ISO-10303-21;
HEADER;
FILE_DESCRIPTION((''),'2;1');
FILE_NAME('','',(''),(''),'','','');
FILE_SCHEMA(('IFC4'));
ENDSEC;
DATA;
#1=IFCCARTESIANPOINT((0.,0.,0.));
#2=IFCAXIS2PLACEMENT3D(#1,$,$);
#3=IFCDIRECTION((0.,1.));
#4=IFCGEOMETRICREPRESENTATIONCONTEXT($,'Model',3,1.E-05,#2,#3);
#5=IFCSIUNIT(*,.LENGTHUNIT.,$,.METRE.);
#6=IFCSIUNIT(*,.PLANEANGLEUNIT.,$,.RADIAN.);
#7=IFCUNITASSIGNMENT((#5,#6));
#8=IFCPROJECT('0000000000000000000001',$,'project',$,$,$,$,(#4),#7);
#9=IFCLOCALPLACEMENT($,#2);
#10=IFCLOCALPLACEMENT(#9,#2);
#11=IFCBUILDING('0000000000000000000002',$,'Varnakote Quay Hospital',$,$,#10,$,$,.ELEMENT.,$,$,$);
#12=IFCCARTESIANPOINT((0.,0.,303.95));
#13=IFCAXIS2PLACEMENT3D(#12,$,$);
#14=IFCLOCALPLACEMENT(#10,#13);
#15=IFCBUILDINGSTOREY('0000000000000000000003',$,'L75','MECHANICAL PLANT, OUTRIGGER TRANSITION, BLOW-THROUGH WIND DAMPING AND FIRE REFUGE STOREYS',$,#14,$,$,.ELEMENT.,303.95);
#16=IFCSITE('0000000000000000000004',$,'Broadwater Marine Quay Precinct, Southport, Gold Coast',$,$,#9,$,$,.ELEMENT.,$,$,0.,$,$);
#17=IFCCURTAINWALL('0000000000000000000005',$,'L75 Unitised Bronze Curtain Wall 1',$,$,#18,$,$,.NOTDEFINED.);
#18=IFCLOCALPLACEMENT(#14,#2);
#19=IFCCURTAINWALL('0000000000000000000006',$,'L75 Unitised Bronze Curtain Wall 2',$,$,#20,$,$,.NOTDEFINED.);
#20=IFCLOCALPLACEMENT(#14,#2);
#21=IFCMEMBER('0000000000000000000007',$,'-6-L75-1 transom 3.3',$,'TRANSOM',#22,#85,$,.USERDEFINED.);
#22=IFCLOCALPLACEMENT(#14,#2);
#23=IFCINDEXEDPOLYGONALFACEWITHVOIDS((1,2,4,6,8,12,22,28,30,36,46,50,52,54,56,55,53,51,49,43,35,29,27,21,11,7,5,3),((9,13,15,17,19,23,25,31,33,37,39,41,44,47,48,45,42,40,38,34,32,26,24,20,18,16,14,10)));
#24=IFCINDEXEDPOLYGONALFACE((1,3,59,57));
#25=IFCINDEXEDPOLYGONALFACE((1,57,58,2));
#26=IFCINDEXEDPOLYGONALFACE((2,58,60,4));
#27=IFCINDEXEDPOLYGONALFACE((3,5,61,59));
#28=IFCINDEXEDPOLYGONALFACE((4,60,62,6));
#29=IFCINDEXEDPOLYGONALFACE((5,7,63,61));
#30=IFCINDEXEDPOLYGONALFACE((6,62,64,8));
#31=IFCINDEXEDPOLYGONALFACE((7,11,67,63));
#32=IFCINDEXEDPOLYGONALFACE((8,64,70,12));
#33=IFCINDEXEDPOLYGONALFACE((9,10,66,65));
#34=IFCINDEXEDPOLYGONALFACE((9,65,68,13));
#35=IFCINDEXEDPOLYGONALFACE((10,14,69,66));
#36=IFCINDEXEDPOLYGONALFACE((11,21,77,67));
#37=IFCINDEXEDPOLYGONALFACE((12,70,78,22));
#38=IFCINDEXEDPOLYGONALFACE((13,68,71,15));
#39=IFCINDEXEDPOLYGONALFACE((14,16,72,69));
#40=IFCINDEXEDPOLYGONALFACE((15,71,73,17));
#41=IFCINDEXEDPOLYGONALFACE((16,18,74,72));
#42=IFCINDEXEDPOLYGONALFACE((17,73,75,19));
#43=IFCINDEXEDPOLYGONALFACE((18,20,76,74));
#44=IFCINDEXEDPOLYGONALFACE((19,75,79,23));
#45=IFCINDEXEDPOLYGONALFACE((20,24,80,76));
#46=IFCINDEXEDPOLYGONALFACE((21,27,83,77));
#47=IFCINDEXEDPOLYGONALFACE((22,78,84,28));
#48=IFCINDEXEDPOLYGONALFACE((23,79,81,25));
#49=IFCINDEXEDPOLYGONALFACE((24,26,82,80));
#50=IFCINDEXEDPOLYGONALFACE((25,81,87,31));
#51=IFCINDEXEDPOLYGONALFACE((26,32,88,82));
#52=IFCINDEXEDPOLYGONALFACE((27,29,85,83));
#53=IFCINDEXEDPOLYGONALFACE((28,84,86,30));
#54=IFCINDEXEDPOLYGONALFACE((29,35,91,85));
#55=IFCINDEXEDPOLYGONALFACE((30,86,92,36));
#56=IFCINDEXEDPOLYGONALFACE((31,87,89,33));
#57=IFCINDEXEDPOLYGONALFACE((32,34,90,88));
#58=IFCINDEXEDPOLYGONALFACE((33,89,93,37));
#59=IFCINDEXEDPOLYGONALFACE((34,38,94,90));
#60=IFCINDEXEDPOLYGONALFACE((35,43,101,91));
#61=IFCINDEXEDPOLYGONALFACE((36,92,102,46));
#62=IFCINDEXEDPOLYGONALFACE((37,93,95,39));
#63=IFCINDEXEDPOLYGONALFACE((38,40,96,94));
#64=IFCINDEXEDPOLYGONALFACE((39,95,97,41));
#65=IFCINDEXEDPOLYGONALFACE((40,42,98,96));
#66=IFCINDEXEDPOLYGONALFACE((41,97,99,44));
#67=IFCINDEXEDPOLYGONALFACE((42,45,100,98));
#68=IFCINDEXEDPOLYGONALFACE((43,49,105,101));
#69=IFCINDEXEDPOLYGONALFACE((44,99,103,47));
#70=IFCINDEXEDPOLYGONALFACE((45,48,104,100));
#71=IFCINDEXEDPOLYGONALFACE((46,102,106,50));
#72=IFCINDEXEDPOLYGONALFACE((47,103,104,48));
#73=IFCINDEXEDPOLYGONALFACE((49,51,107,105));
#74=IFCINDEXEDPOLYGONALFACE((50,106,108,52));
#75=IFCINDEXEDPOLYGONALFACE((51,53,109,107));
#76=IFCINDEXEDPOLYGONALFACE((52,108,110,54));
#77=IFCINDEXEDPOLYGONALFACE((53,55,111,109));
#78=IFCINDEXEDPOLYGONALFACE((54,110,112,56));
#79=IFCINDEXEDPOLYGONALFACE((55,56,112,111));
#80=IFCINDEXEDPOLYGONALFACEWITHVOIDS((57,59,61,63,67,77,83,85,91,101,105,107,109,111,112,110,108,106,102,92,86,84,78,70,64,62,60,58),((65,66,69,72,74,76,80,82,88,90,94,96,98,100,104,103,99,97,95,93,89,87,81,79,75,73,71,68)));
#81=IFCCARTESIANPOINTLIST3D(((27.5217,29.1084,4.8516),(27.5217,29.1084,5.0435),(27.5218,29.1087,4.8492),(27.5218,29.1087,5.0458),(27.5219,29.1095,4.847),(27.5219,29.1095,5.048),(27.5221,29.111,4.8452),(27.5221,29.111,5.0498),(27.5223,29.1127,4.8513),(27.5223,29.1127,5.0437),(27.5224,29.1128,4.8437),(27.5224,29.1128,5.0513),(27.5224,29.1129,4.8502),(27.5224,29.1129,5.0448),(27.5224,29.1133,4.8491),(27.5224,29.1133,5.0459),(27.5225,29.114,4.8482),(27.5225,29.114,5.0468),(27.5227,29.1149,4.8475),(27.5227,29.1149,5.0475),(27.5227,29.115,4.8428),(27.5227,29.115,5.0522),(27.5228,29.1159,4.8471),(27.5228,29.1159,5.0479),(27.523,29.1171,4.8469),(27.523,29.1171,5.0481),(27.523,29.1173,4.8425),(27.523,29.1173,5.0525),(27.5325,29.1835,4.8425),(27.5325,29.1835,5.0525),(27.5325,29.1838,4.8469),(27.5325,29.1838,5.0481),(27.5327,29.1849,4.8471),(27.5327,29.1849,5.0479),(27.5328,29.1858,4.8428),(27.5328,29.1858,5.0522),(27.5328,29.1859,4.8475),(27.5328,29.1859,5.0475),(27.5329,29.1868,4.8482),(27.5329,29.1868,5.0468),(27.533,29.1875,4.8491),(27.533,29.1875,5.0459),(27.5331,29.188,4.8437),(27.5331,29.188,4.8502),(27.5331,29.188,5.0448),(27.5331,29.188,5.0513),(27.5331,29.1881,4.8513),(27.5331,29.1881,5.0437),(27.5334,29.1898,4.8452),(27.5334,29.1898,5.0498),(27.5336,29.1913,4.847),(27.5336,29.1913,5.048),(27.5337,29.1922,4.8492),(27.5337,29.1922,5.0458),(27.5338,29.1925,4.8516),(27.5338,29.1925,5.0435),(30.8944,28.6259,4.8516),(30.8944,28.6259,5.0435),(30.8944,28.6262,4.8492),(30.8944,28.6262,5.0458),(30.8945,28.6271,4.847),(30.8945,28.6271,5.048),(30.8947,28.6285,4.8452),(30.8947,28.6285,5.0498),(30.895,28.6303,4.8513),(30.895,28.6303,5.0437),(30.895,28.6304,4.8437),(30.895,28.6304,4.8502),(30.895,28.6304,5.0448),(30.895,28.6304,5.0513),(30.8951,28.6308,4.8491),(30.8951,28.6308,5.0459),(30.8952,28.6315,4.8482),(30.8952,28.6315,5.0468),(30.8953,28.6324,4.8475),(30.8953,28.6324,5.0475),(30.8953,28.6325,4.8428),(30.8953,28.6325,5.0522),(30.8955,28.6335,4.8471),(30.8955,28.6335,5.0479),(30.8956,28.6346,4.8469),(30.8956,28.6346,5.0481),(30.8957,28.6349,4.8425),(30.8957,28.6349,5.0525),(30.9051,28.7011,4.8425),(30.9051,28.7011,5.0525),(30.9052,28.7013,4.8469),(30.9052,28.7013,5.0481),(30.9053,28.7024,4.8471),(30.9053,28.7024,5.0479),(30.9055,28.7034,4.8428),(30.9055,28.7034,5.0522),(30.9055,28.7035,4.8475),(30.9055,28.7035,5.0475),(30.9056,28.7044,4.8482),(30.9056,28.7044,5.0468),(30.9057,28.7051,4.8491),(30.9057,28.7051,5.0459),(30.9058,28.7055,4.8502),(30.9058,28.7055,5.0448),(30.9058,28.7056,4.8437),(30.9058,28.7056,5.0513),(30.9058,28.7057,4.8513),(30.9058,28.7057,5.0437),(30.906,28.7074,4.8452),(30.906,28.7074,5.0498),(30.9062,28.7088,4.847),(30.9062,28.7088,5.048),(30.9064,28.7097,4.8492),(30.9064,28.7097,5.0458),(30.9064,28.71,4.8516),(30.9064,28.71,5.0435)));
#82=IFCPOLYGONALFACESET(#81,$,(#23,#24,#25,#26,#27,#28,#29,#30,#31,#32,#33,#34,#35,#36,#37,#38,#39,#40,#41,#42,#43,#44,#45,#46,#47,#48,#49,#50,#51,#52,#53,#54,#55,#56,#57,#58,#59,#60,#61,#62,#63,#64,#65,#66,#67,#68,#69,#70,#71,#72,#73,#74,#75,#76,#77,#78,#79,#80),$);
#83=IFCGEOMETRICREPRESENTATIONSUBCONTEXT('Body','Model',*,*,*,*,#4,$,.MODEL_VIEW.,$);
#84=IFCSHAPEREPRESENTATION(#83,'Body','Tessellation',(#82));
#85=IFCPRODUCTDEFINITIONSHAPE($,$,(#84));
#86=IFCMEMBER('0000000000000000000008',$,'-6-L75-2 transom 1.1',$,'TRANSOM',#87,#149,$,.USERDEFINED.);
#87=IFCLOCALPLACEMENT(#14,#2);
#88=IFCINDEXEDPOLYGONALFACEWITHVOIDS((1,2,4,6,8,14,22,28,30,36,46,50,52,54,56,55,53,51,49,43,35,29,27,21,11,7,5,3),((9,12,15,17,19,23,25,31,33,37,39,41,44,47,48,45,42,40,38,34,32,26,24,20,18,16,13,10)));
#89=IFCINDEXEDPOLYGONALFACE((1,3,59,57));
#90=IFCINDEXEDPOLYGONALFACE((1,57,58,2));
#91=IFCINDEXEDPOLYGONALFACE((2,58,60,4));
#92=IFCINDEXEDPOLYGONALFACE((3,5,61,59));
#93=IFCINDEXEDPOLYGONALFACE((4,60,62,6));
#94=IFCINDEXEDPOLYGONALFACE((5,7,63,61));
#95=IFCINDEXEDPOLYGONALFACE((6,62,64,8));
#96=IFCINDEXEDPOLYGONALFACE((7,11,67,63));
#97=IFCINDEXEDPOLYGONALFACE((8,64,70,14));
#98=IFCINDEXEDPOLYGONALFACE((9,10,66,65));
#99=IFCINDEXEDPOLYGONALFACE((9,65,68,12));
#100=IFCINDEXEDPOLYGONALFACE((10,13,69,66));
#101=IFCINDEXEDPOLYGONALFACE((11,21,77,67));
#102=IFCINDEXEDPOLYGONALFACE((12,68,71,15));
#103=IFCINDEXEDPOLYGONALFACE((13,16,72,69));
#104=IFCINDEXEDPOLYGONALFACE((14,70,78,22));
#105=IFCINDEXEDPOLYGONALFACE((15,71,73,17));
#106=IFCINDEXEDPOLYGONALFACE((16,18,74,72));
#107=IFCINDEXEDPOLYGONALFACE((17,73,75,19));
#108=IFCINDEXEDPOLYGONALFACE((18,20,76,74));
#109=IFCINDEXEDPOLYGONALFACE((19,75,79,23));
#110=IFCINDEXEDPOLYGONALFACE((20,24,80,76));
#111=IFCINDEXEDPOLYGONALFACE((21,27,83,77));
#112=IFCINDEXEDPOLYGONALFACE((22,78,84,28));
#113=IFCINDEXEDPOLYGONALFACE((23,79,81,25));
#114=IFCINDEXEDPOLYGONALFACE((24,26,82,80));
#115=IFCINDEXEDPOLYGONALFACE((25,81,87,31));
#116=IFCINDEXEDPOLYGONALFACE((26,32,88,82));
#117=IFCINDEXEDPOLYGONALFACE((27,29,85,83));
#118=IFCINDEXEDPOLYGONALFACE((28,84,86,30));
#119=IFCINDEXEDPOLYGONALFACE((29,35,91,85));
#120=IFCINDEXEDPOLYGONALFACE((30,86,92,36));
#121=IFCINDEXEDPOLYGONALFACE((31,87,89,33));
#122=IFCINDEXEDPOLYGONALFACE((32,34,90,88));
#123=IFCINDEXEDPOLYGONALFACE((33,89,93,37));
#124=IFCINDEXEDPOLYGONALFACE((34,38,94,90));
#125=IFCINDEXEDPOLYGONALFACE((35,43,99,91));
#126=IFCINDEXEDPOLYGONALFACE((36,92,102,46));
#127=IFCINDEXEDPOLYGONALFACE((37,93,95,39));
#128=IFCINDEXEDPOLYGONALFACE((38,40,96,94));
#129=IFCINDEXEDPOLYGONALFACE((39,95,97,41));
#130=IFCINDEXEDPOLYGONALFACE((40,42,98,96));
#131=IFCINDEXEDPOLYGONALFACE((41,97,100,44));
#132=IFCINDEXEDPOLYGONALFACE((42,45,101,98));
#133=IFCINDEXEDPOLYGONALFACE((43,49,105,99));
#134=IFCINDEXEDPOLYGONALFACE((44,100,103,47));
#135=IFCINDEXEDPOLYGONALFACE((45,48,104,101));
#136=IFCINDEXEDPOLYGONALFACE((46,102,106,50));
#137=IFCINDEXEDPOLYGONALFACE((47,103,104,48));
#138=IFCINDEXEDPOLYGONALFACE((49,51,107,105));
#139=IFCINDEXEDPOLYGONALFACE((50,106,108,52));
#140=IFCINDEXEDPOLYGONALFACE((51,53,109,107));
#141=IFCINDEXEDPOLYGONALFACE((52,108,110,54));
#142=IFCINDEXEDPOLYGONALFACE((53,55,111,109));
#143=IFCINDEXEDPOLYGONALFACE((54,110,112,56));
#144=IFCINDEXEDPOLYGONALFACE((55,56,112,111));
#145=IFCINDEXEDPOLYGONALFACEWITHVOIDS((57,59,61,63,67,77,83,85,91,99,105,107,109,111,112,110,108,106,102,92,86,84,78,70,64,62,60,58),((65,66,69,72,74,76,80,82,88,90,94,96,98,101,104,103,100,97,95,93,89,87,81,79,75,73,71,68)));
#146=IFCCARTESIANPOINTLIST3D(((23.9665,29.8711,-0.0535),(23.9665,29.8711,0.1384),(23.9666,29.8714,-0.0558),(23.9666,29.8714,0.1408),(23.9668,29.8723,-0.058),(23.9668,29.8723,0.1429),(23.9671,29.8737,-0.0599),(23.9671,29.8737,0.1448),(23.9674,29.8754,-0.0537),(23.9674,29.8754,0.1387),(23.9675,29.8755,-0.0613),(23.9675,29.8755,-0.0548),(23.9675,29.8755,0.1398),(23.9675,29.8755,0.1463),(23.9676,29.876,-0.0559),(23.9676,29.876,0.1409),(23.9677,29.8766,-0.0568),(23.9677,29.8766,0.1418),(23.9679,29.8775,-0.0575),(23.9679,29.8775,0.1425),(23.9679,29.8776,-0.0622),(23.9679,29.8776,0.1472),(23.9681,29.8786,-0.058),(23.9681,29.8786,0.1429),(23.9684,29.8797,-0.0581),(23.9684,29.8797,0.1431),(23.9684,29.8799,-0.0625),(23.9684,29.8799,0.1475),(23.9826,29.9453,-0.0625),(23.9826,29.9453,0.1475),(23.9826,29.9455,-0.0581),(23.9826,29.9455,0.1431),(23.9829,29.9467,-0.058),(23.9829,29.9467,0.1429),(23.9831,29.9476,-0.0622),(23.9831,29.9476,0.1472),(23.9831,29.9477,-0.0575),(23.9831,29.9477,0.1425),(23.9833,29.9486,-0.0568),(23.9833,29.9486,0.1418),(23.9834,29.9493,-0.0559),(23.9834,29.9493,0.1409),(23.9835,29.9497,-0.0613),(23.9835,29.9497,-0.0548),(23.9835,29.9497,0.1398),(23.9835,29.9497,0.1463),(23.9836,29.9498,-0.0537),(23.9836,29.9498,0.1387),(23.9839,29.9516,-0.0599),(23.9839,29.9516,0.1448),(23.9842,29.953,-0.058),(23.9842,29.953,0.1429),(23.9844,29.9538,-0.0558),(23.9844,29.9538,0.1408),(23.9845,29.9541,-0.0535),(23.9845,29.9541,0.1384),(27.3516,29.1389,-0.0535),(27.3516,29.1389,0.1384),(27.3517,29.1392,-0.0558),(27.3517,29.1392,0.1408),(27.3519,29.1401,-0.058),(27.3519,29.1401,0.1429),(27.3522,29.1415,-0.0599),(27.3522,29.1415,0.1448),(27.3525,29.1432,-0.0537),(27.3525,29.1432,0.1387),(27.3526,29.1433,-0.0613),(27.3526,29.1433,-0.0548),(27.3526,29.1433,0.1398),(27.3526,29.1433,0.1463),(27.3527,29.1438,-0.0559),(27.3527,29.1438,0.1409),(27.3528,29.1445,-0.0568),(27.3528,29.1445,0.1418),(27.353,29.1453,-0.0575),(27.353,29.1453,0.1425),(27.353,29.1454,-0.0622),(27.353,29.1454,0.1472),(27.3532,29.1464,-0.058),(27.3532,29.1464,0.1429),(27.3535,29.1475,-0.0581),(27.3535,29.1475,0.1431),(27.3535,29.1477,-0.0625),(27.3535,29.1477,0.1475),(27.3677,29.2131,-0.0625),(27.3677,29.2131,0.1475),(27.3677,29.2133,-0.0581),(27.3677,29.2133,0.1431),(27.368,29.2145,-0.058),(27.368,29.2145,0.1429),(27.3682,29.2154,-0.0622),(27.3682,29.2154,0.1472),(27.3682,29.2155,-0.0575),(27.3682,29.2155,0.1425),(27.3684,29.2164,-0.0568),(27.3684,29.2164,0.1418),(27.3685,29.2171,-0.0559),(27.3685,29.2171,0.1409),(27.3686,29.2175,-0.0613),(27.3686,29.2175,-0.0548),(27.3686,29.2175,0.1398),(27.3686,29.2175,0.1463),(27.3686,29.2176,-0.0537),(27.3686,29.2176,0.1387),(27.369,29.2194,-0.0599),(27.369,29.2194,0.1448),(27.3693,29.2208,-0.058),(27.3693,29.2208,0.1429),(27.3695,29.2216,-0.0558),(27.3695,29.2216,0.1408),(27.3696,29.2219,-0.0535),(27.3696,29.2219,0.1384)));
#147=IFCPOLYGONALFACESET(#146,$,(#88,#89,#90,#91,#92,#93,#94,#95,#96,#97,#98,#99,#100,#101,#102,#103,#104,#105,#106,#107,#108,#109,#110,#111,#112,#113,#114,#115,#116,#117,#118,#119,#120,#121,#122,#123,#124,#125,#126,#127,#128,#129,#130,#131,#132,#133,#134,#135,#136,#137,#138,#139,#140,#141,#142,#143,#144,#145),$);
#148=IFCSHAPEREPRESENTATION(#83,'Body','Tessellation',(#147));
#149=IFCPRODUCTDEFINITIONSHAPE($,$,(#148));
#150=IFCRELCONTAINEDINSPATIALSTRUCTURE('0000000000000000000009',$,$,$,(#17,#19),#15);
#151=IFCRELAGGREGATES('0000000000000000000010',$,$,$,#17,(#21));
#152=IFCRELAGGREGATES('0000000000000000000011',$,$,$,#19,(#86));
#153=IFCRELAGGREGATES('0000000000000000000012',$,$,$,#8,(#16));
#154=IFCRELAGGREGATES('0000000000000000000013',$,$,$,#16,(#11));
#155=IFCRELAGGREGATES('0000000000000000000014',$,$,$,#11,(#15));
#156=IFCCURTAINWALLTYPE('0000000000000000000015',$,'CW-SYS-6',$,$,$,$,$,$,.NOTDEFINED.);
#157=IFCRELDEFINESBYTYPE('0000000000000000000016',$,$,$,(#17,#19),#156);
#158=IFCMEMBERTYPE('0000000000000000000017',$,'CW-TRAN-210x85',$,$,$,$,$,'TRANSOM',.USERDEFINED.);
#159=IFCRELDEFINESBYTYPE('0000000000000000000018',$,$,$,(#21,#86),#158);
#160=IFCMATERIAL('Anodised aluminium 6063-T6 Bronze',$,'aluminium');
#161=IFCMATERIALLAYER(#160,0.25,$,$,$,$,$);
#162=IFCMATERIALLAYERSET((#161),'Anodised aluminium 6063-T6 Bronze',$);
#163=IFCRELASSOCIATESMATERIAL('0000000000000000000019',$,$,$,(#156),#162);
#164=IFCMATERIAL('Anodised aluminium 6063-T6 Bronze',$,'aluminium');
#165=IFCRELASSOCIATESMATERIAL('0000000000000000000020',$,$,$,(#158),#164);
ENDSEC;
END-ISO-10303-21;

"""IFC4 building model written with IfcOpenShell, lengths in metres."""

from ifc_helpers import new_model, si_unit, direction, frame, origin, origin_2d, place, context, subcontext, project, spatial, hollow_rectangle, extrude, material, layer, layer_set, material_profile, profile_set, type_object, element, aggregate, save


model = new_model("IFC4")

# Units and contexts
model_context = context("Model", 3, precision=1e-05, world=origin(), true_north=direction((0.0, 1.0)))
body_context = subcontext(model_context, "Body", "Model", "MODEL_VIEW")
ifc_project = project(units=[si_unit("LENGTHUNIT", "METRE"), si_unit("PLANEANGLEUNIT", "RADIAN")], contexts=[model_context])

# Site, building, storey
site_placement = place(None, origin())
site = spatial("IfcSite", under=ifc_project, at=site_placement, Name="Broadwater Marine Quay Precinct, Southport, Gold Coast", CompositionType="ELEMENT", RefElevation=0.0)
building_placement = place(site_placement, origin())
building = spatial("IfcBuilding", under=site, at=building_placement, Name="Varnakote Quay Hospital", CompositionType="ELEMENT")
storey_placement = place(building_placement, frame((0.0, 0.0, 303.95)))
storey = spatial("IfcBuildingStorey", under=building, at=storey_placement, Name="L75", Description="MECHANICAL PLANT, OUTRIGGER TRANSITION, BLOW-THROUGH WIND DAMPING AND FIRE REFUGE STOREYS", CompositionType="ELEMENT", Elevation=303.95)

# Curtain wall
ifc_material_1 = material(Name="Anodised aluminium 6063-T6 Bronze", Category="aluminium")
ifc_layer_1 = layer(ifc_material_1, 0.25)
ifc_layer_set_1 = layer_set([ifc_layer_1], Name="Anodised aluminium 6063-T6 Bronze")
curtain_wall_type = type_object("IfcCurtainWallType", Name="CW-SYS-6", PredefinedType="NOTDEFINED", material=ifc_layer_set_1)
curtain_wall_1_placement = place(storey_placement, origin())
curtain_wall_1 = element("IfcCurtainWall", 1, at=curtain_wall_1_placement, inside=storey, type_object=curtain_wall_type, Name="L75 Unitised Bronze Curtain Wall 1", PredefinedType="NOTDEFINED")

# Curtain wall
curtain_wall_2_placement = place(storey_placement, origin())
curtain_wall_2 = element("IfcCurtainWall", 2, at=curtain_wall_2_placement, inside=storey, type_object=curtain_wall_type, Name="L75 Unitised Bronze Curtain Wall 2", PredefinedType="NOTDEFINED")

# Members
ifc_material_2 = material(Name="Anodised aluminium 6063-T6 Bronze", Category="aluminium")
ifc_material_profile_1 = material_profile(ifc_material_2, hollow_rectangle(XDim=0.085, YDim=0.21, WallThickness=0.0044, InnerFilletRadius=0.0044, OuterFilletRadius=0.009, at=origin_2d()), Name="CW-TRAN-210x85")
ifc_profile_set_1 = profile_set([ifc_material_profile_1], Name="Anodised aluminium 6063-T6 Bronze")
member_type_1 = type_object("IfcMemberType", Name="CW-TRAN-210x85", ElementType="TRANSOM", PredefinedType="USERDEFINED", material=ifc_profile_set_1)
member_1_placement = place(storey_placement, frame((30.9004, 28.668, 4.9475), z_axis=(-0.989924, 0.141602, 0.0), x_axis=(-0.141602, -0.989924, 0.0)))
member_1 = element("IfcMember", 3, at=member_1_placement, type_object=member_type_1, Name="-6-L75-1 transom 3.3", ObjectType="TRANSOM", PredefinedType="USERDEFINED", context=body_context, shape_type="SweptSolid", body=[
    extrude(hollow_rectangle(XDim=0.085, YDim=0.21, WallThickness=0.0044, InnerFilletRadius=0.0044, OuterFilletRadius=0.009, at=origin_2d()), origin(), (0.0, 0.0, 1.0), 3.407),
])
member_2_placement = place(storey_placement, frame((27.3606, 29.1804, 0.0425), z_axis=(-0.977397, 0.211411, 0.0), x_axis=(-0.211411, -0.977397, 0.0)))
member_2 = element("IfcMember", 4, at=member_2_placement, type_object=member_type_1, Name="-6-L75-2 transom 1.1", ObjectType="TRANSOM", PredefinedType="USERDEFINED", context=body_context, shape_type="SweptSolid", body=[
    extrude(hollow_rectangle(XDim=0.085, YDim=0.21, WallThickness=0.0044, InnerFilletRadius=0.0044, OuterFilletRadius=0.009, at=origin_2d()), origin(), (0.0, 0.0, 1.0), 3.4634),
])

aggregate(curtain_wall_1, [member_1])
aggregate(curtain_wall_2, [member_2])

save(model, "model.ifc")
